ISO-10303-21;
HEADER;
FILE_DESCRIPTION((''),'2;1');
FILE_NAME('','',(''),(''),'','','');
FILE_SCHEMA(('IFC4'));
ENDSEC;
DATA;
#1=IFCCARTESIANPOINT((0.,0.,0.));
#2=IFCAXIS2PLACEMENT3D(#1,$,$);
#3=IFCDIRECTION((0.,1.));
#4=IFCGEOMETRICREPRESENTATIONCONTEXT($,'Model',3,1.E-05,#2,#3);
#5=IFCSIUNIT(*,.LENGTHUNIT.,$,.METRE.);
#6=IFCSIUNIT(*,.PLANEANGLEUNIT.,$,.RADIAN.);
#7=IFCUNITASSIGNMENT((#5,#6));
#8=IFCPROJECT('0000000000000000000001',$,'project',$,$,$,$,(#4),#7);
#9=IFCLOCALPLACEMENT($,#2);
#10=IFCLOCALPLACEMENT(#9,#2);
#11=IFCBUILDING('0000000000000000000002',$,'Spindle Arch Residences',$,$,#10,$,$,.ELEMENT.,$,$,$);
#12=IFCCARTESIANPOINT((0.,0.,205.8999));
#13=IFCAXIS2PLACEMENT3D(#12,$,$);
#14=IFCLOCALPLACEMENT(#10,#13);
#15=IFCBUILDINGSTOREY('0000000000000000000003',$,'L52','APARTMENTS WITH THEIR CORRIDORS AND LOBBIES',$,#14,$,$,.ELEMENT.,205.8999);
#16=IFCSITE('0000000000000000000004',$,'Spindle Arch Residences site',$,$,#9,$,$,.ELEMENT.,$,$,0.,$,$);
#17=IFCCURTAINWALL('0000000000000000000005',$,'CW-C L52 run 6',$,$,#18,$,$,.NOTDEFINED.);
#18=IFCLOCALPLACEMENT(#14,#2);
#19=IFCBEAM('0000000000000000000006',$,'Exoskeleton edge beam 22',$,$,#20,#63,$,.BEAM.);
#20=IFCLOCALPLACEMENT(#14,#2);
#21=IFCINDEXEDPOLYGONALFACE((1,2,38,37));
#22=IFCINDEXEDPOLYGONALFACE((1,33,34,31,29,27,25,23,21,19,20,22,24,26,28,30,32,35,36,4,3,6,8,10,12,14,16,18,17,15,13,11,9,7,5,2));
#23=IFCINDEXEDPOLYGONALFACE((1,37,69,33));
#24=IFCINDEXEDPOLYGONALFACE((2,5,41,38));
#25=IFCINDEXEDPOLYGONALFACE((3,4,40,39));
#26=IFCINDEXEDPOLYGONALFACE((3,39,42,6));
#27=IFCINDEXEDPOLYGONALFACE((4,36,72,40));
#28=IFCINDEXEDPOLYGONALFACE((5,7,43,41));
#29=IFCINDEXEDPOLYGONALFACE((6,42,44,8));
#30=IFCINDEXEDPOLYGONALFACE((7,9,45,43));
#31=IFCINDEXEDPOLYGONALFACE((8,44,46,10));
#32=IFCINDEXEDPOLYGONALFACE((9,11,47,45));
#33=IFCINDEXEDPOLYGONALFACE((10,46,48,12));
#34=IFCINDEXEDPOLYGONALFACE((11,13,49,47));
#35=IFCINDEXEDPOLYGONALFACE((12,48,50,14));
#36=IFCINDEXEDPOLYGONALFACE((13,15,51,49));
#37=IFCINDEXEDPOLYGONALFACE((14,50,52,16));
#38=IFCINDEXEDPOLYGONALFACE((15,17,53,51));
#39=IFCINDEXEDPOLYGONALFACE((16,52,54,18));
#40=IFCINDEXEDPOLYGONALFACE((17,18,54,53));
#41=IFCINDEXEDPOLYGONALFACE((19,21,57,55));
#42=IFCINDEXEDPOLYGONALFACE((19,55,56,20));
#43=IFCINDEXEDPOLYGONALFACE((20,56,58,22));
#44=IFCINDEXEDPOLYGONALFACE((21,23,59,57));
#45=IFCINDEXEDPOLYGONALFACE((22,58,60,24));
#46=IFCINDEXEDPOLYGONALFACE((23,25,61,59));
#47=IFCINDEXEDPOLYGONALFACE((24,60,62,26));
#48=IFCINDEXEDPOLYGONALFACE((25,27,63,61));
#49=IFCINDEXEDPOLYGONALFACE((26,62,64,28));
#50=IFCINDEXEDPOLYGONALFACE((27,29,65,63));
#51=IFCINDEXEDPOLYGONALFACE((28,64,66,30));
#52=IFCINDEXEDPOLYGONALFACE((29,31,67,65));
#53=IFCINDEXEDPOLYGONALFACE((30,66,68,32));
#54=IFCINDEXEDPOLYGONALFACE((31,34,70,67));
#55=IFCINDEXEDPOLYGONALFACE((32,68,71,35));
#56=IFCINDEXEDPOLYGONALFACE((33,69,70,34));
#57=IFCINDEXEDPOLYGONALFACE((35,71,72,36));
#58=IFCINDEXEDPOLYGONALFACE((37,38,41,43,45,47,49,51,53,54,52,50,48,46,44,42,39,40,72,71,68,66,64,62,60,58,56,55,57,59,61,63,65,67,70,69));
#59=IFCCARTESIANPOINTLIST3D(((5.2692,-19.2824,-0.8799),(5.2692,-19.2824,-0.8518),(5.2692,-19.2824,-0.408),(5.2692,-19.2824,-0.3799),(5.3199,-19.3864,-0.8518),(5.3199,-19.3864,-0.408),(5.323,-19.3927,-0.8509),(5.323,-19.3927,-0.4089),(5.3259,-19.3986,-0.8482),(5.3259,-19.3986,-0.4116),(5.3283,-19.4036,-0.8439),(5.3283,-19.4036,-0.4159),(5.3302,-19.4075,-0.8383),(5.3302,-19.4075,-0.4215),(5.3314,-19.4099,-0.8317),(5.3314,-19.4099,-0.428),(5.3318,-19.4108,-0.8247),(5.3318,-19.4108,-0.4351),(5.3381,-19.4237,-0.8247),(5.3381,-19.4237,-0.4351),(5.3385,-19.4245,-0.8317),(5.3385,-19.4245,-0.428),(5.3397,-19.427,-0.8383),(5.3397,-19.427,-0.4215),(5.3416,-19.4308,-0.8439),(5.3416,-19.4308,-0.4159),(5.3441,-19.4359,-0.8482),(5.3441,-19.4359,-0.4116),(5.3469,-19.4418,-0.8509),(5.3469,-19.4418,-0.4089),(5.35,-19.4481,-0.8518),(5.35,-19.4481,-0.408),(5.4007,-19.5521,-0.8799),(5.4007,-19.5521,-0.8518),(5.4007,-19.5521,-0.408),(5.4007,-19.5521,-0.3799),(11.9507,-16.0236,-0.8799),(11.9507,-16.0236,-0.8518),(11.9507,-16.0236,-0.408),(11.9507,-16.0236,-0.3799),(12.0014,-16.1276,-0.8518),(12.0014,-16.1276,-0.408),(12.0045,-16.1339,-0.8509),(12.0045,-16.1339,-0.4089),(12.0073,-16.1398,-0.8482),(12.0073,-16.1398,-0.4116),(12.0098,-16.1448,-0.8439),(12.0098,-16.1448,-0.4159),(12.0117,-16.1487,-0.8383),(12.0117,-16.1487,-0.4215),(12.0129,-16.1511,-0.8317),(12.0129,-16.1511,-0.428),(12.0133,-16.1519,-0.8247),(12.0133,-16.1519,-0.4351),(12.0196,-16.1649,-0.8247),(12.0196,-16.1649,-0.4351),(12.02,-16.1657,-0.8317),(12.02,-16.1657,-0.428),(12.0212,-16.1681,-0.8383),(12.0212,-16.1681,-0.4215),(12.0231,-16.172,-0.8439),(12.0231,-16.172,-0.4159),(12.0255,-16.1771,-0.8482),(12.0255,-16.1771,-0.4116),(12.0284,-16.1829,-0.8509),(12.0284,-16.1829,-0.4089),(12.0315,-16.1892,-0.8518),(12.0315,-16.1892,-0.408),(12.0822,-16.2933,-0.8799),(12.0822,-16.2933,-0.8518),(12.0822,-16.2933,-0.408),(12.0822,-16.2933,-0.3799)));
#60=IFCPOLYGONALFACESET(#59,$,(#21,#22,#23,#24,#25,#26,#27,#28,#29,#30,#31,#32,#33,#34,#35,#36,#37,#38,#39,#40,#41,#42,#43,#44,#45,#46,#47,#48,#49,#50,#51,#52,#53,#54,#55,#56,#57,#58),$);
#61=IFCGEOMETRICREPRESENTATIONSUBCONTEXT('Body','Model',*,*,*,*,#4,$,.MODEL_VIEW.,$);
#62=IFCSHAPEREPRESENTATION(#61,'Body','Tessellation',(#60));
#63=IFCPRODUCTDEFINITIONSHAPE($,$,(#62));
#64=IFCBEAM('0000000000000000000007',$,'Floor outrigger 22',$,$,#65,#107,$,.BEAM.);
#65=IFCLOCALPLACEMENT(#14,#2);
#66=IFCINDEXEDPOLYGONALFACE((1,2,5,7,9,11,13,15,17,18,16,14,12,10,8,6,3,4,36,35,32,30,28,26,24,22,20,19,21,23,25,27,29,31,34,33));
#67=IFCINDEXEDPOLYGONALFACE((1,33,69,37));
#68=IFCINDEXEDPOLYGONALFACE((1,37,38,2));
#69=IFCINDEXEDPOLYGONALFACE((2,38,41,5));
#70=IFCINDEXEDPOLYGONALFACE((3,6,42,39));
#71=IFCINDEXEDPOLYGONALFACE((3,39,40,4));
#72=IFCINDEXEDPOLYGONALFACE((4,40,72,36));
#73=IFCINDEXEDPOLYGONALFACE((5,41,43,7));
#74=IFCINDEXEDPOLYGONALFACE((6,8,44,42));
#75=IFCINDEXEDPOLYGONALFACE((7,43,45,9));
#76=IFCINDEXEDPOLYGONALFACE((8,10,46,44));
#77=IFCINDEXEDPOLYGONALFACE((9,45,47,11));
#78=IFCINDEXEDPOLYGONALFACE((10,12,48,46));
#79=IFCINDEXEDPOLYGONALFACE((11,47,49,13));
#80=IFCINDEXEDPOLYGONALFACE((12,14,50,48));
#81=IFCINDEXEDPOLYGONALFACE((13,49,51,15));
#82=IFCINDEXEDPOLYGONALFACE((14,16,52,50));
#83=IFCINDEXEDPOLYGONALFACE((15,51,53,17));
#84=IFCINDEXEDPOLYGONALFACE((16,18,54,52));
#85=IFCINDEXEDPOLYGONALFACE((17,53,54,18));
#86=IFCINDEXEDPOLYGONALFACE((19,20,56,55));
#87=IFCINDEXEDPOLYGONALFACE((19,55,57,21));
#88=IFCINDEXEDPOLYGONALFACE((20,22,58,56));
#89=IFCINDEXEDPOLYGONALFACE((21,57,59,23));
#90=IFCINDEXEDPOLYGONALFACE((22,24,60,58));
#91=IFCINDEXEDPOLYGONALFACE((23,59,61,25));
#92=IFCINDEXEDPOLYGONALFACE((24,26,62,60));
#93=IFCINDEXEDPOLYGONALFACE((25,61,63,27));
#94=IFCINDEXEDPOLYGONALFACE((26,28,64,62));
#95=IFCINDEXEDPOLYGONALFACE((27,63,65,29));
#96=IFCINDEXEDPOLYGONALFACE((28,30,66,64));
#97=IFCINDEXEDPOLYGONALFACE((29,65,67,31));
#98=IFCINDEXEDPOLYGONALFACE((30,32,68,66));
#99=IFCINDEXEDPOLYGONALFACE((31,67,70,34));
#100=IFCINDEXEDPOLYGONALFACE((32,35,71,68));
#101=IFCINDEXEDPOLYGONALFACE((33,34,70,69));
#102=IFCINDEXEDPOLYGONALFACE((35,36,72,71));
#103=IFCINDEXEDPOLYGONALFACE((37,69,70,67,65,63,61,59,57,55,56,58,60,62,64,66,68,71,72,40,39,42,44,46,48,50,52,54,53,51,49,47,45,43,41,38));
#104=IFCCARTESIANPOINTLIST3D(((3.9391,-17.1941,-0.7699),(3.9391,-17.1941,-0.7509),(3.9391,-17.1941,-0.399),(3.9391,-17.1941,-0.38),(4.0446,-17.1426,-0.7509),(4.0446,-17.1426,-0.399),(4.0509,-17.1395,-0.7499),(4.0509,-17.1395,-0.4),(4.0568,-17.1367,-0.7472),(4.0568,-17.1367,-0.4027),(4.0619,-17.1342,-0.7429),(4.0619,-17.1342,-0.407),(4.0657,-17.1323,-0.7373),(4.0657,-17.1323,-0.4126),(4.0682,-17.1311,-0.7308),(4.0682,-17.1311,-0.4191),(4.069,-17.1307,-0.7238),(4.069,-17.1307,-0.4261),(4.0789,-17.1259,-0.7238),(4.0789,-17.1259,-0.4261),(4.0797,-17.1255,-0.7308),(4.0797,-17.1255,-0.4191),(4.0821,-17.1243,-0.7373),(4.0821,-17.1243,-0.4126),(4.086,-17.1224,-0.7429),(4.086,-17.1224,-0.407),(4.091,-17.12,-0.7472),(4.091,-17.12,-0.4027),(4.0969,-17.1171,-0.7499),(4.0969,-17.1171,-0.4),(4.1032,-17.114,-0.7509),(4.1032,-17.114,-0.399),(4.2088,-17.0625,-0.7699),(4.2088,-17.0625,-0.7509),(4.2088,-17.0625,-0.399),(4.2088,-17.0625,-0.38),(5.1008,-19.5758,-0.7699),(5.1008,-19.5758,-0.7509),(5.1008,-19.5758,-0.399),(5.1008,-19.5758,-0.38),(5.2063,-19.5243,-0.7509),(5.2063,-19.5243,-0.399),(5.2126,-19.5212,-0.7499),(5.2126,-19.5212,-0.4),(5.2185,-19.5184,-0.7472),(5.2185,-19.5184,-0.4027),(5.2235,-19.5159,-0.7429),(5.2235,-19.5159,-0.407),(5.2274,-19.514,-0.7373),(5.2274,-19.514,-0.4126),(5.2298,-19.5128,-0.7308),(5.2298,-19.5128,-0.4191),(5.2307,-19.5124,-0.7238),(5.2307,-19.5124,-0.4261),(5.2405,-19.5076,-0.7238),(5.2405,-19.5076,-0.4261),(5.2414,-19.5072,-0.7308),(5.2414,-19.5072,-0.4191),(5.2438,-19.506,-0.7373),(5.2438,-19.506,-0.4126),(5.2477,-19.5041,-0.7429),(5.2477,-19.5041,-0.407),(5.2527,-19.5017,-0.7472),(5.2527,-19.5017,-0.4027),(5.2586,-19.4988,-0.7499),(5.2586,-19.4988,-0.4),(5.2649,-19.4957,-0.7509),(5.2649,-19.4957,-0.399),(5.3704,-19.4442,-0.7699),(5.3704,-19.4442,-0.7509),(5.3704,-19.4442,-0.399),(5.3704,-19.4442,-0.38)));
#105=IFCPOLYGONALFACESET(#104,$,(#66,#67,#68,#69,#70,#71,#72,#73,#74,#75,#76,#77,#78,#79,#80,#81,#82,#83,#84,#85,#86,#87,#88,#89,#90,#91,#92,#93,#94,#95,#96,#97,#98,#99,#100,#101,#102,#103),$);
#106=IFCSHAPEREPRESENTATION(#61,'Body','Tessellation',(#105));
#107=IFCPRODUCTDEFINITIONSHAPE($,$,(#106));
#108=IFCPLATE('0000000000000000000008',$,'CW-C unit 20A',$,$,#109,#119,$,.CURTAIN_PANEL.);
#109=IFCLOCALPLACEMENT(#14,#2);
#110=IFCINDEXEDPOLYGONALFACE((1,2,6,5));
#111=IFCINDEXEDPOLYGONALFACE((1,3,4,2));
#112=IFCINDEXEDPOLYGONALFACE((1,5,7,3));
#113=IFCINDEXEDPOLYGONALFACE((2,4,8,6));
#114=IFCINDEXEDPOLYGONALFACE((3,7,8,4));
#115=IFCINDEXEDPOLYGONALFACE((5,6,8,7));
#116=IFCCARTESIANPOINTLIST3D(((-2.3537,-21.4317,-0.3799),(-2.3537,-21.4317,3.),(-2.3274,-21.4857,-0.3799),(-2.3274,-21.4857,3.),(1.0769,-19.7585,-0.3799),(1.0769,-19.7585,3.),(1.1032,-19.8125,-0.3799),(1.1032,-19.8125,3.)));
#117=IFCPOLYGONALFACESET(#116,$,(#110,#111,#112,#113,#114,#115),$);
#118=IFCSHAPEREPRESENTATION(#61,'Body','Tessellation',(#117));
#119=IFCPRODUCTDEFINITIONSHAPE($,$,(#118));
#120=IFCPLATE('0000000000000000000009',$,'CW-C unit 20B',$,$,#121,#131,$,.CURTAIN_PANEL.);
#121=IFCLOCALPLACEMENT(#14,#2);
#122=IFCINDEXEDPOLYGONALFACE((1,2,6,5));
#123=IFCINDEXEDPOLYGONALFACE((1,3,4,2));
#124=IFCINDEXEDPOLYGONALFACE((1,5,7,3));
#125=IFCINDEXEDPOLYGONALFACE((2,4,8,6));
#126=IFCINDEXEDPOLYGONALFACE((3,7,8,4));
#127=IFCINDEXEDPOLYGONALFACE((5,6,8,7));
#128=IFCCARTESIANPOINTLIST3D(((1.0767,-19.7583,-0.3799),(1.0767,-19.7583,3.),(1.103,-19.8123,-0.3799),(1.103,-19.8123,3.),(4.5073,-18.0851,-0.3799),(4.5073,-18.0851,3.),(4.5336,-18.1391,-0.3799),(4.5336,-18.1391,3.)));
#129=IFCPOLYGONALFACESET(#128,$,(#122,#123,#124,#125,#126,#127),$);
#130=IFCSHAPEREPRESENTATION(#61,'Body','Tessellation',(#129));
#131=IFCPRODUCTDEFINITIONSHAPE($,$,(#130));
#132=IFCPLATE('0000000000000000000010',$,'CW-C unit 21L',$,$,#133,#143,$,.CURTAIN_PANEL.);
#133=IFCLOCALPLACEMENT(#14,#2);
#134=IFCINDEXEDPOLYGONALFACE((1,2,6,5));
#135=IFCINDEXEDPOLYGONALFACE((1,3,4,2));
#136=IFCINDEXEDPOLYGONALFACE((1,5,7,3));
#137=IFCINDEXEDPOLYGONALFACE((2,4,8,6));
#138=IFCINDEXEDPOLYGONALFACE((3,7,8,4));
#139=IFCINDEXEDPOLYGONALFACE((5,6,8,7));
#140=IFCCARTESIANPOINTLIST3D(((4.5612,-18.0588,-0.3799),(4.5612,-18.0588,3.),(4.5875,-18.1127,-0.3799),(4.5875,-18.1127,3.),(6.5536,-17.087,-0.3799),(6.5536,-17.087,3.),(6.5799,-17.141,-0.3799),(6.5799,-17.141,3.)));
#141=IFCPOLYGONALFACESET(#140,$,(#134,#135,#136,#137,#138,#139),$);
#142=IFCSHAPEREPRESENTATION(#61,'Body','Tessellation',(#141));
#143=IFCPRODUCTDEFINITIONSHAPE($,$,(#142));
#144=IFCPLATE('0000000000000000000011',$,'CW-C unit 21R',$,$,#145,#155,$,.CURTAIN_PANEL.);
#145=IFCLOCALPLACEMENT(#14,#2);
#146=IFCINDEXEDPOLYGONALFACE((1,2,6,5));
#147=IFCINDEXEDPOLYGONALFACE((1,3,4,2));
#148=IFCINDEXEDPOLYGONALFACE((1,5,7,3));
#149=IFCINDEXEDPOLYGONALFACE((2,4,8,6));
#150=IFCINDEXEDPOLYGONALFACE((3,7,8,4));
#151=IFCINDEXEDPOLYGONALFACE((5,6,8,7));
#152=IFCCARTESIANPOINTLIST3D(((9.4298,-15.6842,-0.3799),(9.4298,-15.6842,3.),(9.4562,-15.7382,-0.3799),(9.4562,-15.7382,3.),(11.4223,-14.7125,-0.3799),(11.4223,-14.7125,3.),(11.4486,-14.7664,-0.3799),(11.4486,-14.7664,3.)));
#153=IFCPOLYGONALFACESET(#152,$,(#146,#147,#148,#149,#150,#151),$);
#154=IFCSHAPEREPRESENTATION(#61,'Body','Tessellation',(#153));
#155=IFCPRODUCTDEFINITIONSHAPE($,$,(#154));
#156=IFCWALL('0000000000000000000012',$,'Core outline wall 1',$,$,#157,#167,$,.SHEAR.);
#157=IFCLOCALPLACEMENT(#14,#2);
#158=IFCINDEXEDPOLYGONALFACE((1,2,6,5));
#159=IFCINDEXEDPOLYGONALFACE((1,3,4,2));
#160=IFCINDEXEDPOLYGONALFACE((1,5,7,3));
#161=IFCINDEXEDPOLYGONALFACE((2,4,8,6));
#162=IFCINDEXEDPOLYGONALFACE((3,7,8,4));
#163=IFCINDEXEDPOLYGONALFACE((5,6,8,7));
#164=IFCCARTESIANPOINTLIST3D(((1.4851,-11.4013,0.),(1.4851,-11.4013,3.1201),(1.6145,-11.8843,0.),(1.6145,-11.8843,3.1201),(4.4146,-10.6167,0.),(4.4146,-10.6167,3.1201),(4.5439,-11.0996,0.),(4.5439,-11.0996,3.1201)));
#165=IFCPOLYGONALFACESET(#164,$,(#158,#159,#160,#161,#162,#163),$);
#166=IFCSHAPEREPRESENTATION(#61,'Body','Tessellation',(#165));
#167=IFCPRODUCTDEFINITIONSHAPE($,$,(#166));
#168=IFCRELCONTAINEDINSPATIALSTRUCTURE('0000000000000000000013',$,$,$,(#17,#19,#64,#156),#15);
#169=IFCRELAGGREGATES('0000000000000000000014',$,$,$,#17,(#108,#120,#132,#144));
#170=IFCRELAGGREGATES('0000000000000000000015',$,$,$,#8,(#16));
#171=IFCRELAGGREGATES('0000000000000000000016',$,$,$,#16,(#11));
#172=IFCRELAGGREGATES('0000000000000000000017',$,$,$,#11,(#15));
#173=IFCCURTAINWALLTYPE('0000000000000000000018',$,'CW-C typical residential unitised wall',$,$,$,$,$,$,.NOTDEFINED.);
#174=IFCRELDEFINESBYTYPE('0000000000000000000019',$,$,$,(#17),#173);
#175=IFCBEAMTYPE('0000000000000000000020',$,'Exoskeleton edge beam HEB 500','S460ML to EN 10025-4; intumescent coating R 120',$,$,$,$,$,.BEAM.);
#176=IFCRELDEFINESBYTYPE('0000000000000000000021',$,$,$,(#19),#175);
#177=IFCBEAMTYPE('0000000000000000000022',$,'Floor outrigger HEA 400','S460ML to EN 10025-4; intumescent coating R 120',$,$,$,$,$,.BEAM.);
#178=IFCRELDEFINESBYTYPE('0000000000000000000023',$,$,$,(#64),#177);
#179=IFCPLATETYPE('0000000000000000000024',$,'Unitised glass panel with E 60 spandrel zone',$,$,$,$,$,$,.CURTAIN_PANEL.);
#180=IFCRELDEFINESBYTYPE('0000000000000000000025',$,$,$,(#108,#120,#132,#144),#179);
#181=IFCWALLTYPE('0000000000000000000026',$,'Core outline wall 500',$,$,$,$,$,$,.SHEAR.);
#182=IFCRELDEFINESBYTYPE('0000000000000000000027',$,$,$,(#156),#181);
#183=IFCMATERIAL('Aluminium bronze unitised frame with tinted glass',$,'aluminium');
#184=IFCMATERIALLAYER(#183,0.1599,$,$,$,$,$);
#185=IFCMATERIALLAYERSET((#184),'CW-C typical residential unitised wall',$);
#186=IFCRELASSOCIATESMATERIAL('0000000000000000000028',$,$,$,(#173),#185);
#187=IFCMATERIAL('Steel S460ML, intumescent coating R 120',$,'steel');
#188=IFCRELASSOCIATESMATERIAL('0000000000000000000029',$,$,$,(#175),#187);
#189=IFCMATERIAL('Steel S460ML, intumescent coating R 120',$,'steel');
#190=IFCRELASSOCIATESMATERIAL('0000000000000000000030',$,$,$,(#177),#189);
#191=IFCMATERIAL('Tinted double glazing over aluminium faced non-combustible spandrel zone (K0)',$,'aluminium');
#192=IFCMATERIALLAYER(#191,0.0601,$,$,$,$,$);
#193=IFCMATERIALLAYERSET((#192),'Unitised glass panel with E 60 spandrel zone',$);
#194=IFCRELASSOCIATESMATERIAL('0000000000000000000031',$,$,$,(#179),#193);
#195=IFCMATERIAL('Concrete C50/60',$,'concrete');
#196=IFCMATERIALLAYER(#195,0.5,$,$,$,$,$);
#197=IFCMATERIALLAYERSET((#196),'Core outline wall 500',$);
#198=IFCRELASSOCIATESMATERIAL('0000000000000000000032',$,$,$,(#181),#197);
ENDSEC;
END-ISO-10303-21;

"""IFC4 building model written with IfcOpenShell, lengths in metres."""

from ifc_helpers import new_model, si_unit, direction, frame, frame_2d, origin, origin_2d, place, context, subcontext, project, spatial, rectangle, i_section, extrude, material, layer, layer_set, material_profile, profile_set, type_object, element, aggregate, save


model = new_model("IFC4")

# Units and contexts
model_context = context("Model", 3, precision=1e-05, world=origin(), true_north=direction((0.0, 1.0)))
body_context = subcontext(model_context, "Body", "Model", "MODEL_VIEW")
ifc_project = project(units=[si_unit("LENGTHUNIT", "METRE"), si_unit("PLANEANGLEUNIT", "RADIAN")], contexts=[model_context])

# Site, building, storey
site_placement = place(None, origin())
site = spatial("IfcSite", under=ifc_project, at=site_placement, Name="Spindle Arch Residences site", CompositionType="ELEMENT", RefElevation=0.0)
building_placement = place(site_placement, origin())
building = spatial("IfcBuilding", under=site, at=building_placement, Name="Spindle Arch Residences", CompositionType="ELEMENT")
storey_placement = place(building_placement, frame((0.0, 0.0, 205.8999)))
storey = spatial("IfcBuildingStorey", under=building, at=storey_placement, Name="L52", Description="APARTMENTS WITH THEIR CORRIDORS AND LOBBIES", CompositionType="ELEMENT", Elevation=205.8999)

# Curtain wall
ifc_material_1 = material(Name="Aluminium bronze unitised frame with tinted glass", Category="aluminium")
ifc_layer_1 = layer(ifc_material_1, 0.1599)
ifc_layer_set_1 = layer_set([ifc_layer_1], Name="CW-C typical residential unitised wall")
curtain_wall_type = type_object("IfcCurtainWallType", Name="CW-C typical residential unitised wall", PredefinedType="NOTDEFINED", material=ifc_layer_set_1)
curtain_wall_placement = place(storey_placement, origin())
curtain_wall = element("IfcCurtainWall", 1, at=curtain_wall_placement, inside=storey, type_object=curtain_wall_type, Name="CW-C L52 run 6", PredefinedType="NOTDEFINED")

# Beams
ifc_material_2 = material(Name="Steel S460ML, intumescent coating R 120", Category="steel")
ifc_material_profile_1 = material_profile(ifc_material_2, i_section(OverallWidth=0.3, OverallDepth=0.5, WebThickness=0.0144, FlangeThickness=0.0281, FilletRadius=0.0271, at=origin_2d()), Name="HEB 500")
ifc_profile_set_1 = profile_set([ifc_material_profile_1], Name="Steel S460ML, intumescent coating R 120")
beam_type_1 = type_object("IfcBeamType", Name="Exoskeleton edge beam HEB 500", Description="S460ML to EN 10025-4; intumescent coating R 120", PredefinedType="BEAM", material=ifc_profile_set_1)
beam_1_placement = place(storey_placement, frame((5.335, -19.4172, -0.6299), z_axis=(0.898791, 0.438377, 0.0), x_axis=(-0.438377, 0.898791, 0.0)))
element("IfcBeam", 2, at=beam_1_placement, inside=storey, type_object=beam_type_1, Name="Exoskeleton edge beam 22", PredefinedType="BEAM", context=body_context, shape_type="SweptSolid", body=[
    extrude(i_section(OverallWidth=0.3, OverallDepth=0.5, WebThickness=0.0144, FlangeThickness=0.0281, FilletRadius=0.0271, at=origin_2d()), origin(), (0.0, 0.0, 1.0), 7.4338),
])
ifc_material_3 = material(Name="Steel S460ML, intumescent coating R 120", Category="steel")
ifc_material_profile_2 = material_profile(ifc_material_3, i_section(OverallWidth=0.3, OverallDepth=0.3899, WebThickness=0.011, FlangeThickness=0.019, FilletRadius=0.0271, at=origin_2d()), Name="HEA 400")
ifc_profile_set_2 = profile_set([ifc_material_profile_2], Name="Steel S460ML, intumescent coating R 120")
beam_type_2 = type_object("IfcBeamType", Name="Floor outrigger HEA 400", Description="S460ML to EN 10025-4; intumescent coating R 120", PredefinedType="BEAM", material=ifc_profile_set_2)
beam_2_placement = place(storey_placement, frame((5.2356, -19.51, -0.575), z_axis=(-0.438384, 0.898788, 0.0), x_axis=(-0.898788, -0.438384, 0.0)))
element("IfcBeam", 3, at=beam_2_placement, inside=storey, type_object=beam_type_2, Name="Floor outrigger 22", PredefinedType="BEAM", context=body_context, shape_type="SweptSolid", body=[
    extrude(i_section(OverallWidth=0.3, OverallDepth=0.3899, WebThickness=0.011, FlangeThickness=0.019, FilletRadius=0.0271, at=origin_2d()), origin(), (0.0, 0.0, 1.0), 2.6499),
])

# Plates
ifc_material_4 = material(Name="Tinted double glazing over aluminium faced non-combustible spandrel zone (K0)", Category="aluminium")
ifc_layer_2 = layer(ifc_material_4, 0.0601)
ifc_layer_set_2 = layer_set([ifc_layer_2], Name="Unitised glass panel with E 60 spandrel zone")
plate_type = type_object("IfcPlateType", Name="Unitised glass panel with E 60 spandrel zone", PredefinedType="CURTAIN_PANEL", material=ifc_layer_set_2)
plate_1_placement = place(storey_placement, frame((-0.6252, -20.6221, -0.3799), z_axis=(0.0, 0.0, 1.0), x_axis=(0.898794, 0.438371, 0.0)))
plate_1 = element("IfcPlate", 4, at=plate_1_placement, type_object=plate_type, Name="CW-C unit 20A", PredefinedType="CURTAIN_PANEL", context=body_context, shape_type="SweptSolid", body=[
    extrude(rectangle(XDim=3.8169, YDim=0.0601, at=origin_2d()), origin(), (0.0, 0.0, 1.0), 3.3799),
])
plate_2_placement = place(storey_placement, frame((2.8052, -18.9487, -0.3799), z_axis=(0.0, 0.0, 1.0), x_axis=(0.898794, 0.438371, 0.0)))
plate_2 = element("IfcPlate", 5, at=plate_2_placement, type_object=plate_type, Name="CW-C unit 20B", PredefinedType="CURTAIN_PANEL", context=body_context, shape_type="SweptSolid", body=[
    extrude(rectangle(XDim=3.8169, YDim=0.0601, at=origin_2d()), origin(), (0.0, 0.0, 1.0), 3.3799),
])
plate_3_placement = place(storey_placement, frame((5.5706, -17.5999, -0.3799), z_axis=(0.0, 0.0, 1.0), x_axis=(0.898794, 0.438371, 0.0)))
plate_3 = element("IfcPlate", 6, at=plate_3_placement, type_object=plate_type, Name="CW-C unit 21L", PredefinedType="CURTAIN_PANEL", context=body_context, shape_type="SweptSolid", body=[
    extrude(rectangle(XDim=2.2168, YDim=0.0601, at=origin_2d()), origin(), (0.0, 0.0, 1.0), 3.3799),
])
plate_4_placement = place(storey_placement, frame((10.4392, -15.2253, -0.3799), z_axis=(0.0, 0.0, 1.0), x_axis=(0.898794, 0.438371, 0.0)))
plate_4 = element("IfcPlate", 7, at=plate_4_placement, type_object=plate_type, Name="CW-C unit 21R", PredefinedType="CURTAIN_PANEL", context=body_context, shape_type="SweptSolid", body=[
    extrude(rectangle(XDim=2.2168, YDim=0.0601, at=origin_2d()), origin(), (0.0, 0.0, 1.0), 3.3799),
])
aggregate(curtain_wall, [plate_1, plate_2, plate_3, plate_4])

# Wall
ifc_material_5 = material(Name="Concrete C50/60", Category="concrete")
ifc_layer_3 = layer(ifc_material_5, 0.5)
ifc_layer_set_3 = layer_set([ifc_layer_3], Name="Core outline wall 500")
wall_type_1 = type_object("IfcWallType", Name="Core outline wall 500", PredefinedType="SHEAR", material=ifc_layer_set_3)
wall_1_placement = place(storey_placement, frame((1.5498, -11.6428, 0.0), z_axis=(0.0, 0.0, 1.0), x_axis=(0.965948, 0.258735, 0.0)))
element("IfcWall", 8, at=wall_1_placement, inside=storey, type_object=wall_type_1, Name="Core outline wall 1", PredefinedType="SHEAR", context=body_context, shape_type="SweptSolid", body=[
    extrude(rectangle(XDim=3.0327, YDim=0.5, at=frame_2d((1.5164, 0.0))), origin(), (0.0, 0.0, 1.0), 3.1201),
])

save(model, "model.ifc")
